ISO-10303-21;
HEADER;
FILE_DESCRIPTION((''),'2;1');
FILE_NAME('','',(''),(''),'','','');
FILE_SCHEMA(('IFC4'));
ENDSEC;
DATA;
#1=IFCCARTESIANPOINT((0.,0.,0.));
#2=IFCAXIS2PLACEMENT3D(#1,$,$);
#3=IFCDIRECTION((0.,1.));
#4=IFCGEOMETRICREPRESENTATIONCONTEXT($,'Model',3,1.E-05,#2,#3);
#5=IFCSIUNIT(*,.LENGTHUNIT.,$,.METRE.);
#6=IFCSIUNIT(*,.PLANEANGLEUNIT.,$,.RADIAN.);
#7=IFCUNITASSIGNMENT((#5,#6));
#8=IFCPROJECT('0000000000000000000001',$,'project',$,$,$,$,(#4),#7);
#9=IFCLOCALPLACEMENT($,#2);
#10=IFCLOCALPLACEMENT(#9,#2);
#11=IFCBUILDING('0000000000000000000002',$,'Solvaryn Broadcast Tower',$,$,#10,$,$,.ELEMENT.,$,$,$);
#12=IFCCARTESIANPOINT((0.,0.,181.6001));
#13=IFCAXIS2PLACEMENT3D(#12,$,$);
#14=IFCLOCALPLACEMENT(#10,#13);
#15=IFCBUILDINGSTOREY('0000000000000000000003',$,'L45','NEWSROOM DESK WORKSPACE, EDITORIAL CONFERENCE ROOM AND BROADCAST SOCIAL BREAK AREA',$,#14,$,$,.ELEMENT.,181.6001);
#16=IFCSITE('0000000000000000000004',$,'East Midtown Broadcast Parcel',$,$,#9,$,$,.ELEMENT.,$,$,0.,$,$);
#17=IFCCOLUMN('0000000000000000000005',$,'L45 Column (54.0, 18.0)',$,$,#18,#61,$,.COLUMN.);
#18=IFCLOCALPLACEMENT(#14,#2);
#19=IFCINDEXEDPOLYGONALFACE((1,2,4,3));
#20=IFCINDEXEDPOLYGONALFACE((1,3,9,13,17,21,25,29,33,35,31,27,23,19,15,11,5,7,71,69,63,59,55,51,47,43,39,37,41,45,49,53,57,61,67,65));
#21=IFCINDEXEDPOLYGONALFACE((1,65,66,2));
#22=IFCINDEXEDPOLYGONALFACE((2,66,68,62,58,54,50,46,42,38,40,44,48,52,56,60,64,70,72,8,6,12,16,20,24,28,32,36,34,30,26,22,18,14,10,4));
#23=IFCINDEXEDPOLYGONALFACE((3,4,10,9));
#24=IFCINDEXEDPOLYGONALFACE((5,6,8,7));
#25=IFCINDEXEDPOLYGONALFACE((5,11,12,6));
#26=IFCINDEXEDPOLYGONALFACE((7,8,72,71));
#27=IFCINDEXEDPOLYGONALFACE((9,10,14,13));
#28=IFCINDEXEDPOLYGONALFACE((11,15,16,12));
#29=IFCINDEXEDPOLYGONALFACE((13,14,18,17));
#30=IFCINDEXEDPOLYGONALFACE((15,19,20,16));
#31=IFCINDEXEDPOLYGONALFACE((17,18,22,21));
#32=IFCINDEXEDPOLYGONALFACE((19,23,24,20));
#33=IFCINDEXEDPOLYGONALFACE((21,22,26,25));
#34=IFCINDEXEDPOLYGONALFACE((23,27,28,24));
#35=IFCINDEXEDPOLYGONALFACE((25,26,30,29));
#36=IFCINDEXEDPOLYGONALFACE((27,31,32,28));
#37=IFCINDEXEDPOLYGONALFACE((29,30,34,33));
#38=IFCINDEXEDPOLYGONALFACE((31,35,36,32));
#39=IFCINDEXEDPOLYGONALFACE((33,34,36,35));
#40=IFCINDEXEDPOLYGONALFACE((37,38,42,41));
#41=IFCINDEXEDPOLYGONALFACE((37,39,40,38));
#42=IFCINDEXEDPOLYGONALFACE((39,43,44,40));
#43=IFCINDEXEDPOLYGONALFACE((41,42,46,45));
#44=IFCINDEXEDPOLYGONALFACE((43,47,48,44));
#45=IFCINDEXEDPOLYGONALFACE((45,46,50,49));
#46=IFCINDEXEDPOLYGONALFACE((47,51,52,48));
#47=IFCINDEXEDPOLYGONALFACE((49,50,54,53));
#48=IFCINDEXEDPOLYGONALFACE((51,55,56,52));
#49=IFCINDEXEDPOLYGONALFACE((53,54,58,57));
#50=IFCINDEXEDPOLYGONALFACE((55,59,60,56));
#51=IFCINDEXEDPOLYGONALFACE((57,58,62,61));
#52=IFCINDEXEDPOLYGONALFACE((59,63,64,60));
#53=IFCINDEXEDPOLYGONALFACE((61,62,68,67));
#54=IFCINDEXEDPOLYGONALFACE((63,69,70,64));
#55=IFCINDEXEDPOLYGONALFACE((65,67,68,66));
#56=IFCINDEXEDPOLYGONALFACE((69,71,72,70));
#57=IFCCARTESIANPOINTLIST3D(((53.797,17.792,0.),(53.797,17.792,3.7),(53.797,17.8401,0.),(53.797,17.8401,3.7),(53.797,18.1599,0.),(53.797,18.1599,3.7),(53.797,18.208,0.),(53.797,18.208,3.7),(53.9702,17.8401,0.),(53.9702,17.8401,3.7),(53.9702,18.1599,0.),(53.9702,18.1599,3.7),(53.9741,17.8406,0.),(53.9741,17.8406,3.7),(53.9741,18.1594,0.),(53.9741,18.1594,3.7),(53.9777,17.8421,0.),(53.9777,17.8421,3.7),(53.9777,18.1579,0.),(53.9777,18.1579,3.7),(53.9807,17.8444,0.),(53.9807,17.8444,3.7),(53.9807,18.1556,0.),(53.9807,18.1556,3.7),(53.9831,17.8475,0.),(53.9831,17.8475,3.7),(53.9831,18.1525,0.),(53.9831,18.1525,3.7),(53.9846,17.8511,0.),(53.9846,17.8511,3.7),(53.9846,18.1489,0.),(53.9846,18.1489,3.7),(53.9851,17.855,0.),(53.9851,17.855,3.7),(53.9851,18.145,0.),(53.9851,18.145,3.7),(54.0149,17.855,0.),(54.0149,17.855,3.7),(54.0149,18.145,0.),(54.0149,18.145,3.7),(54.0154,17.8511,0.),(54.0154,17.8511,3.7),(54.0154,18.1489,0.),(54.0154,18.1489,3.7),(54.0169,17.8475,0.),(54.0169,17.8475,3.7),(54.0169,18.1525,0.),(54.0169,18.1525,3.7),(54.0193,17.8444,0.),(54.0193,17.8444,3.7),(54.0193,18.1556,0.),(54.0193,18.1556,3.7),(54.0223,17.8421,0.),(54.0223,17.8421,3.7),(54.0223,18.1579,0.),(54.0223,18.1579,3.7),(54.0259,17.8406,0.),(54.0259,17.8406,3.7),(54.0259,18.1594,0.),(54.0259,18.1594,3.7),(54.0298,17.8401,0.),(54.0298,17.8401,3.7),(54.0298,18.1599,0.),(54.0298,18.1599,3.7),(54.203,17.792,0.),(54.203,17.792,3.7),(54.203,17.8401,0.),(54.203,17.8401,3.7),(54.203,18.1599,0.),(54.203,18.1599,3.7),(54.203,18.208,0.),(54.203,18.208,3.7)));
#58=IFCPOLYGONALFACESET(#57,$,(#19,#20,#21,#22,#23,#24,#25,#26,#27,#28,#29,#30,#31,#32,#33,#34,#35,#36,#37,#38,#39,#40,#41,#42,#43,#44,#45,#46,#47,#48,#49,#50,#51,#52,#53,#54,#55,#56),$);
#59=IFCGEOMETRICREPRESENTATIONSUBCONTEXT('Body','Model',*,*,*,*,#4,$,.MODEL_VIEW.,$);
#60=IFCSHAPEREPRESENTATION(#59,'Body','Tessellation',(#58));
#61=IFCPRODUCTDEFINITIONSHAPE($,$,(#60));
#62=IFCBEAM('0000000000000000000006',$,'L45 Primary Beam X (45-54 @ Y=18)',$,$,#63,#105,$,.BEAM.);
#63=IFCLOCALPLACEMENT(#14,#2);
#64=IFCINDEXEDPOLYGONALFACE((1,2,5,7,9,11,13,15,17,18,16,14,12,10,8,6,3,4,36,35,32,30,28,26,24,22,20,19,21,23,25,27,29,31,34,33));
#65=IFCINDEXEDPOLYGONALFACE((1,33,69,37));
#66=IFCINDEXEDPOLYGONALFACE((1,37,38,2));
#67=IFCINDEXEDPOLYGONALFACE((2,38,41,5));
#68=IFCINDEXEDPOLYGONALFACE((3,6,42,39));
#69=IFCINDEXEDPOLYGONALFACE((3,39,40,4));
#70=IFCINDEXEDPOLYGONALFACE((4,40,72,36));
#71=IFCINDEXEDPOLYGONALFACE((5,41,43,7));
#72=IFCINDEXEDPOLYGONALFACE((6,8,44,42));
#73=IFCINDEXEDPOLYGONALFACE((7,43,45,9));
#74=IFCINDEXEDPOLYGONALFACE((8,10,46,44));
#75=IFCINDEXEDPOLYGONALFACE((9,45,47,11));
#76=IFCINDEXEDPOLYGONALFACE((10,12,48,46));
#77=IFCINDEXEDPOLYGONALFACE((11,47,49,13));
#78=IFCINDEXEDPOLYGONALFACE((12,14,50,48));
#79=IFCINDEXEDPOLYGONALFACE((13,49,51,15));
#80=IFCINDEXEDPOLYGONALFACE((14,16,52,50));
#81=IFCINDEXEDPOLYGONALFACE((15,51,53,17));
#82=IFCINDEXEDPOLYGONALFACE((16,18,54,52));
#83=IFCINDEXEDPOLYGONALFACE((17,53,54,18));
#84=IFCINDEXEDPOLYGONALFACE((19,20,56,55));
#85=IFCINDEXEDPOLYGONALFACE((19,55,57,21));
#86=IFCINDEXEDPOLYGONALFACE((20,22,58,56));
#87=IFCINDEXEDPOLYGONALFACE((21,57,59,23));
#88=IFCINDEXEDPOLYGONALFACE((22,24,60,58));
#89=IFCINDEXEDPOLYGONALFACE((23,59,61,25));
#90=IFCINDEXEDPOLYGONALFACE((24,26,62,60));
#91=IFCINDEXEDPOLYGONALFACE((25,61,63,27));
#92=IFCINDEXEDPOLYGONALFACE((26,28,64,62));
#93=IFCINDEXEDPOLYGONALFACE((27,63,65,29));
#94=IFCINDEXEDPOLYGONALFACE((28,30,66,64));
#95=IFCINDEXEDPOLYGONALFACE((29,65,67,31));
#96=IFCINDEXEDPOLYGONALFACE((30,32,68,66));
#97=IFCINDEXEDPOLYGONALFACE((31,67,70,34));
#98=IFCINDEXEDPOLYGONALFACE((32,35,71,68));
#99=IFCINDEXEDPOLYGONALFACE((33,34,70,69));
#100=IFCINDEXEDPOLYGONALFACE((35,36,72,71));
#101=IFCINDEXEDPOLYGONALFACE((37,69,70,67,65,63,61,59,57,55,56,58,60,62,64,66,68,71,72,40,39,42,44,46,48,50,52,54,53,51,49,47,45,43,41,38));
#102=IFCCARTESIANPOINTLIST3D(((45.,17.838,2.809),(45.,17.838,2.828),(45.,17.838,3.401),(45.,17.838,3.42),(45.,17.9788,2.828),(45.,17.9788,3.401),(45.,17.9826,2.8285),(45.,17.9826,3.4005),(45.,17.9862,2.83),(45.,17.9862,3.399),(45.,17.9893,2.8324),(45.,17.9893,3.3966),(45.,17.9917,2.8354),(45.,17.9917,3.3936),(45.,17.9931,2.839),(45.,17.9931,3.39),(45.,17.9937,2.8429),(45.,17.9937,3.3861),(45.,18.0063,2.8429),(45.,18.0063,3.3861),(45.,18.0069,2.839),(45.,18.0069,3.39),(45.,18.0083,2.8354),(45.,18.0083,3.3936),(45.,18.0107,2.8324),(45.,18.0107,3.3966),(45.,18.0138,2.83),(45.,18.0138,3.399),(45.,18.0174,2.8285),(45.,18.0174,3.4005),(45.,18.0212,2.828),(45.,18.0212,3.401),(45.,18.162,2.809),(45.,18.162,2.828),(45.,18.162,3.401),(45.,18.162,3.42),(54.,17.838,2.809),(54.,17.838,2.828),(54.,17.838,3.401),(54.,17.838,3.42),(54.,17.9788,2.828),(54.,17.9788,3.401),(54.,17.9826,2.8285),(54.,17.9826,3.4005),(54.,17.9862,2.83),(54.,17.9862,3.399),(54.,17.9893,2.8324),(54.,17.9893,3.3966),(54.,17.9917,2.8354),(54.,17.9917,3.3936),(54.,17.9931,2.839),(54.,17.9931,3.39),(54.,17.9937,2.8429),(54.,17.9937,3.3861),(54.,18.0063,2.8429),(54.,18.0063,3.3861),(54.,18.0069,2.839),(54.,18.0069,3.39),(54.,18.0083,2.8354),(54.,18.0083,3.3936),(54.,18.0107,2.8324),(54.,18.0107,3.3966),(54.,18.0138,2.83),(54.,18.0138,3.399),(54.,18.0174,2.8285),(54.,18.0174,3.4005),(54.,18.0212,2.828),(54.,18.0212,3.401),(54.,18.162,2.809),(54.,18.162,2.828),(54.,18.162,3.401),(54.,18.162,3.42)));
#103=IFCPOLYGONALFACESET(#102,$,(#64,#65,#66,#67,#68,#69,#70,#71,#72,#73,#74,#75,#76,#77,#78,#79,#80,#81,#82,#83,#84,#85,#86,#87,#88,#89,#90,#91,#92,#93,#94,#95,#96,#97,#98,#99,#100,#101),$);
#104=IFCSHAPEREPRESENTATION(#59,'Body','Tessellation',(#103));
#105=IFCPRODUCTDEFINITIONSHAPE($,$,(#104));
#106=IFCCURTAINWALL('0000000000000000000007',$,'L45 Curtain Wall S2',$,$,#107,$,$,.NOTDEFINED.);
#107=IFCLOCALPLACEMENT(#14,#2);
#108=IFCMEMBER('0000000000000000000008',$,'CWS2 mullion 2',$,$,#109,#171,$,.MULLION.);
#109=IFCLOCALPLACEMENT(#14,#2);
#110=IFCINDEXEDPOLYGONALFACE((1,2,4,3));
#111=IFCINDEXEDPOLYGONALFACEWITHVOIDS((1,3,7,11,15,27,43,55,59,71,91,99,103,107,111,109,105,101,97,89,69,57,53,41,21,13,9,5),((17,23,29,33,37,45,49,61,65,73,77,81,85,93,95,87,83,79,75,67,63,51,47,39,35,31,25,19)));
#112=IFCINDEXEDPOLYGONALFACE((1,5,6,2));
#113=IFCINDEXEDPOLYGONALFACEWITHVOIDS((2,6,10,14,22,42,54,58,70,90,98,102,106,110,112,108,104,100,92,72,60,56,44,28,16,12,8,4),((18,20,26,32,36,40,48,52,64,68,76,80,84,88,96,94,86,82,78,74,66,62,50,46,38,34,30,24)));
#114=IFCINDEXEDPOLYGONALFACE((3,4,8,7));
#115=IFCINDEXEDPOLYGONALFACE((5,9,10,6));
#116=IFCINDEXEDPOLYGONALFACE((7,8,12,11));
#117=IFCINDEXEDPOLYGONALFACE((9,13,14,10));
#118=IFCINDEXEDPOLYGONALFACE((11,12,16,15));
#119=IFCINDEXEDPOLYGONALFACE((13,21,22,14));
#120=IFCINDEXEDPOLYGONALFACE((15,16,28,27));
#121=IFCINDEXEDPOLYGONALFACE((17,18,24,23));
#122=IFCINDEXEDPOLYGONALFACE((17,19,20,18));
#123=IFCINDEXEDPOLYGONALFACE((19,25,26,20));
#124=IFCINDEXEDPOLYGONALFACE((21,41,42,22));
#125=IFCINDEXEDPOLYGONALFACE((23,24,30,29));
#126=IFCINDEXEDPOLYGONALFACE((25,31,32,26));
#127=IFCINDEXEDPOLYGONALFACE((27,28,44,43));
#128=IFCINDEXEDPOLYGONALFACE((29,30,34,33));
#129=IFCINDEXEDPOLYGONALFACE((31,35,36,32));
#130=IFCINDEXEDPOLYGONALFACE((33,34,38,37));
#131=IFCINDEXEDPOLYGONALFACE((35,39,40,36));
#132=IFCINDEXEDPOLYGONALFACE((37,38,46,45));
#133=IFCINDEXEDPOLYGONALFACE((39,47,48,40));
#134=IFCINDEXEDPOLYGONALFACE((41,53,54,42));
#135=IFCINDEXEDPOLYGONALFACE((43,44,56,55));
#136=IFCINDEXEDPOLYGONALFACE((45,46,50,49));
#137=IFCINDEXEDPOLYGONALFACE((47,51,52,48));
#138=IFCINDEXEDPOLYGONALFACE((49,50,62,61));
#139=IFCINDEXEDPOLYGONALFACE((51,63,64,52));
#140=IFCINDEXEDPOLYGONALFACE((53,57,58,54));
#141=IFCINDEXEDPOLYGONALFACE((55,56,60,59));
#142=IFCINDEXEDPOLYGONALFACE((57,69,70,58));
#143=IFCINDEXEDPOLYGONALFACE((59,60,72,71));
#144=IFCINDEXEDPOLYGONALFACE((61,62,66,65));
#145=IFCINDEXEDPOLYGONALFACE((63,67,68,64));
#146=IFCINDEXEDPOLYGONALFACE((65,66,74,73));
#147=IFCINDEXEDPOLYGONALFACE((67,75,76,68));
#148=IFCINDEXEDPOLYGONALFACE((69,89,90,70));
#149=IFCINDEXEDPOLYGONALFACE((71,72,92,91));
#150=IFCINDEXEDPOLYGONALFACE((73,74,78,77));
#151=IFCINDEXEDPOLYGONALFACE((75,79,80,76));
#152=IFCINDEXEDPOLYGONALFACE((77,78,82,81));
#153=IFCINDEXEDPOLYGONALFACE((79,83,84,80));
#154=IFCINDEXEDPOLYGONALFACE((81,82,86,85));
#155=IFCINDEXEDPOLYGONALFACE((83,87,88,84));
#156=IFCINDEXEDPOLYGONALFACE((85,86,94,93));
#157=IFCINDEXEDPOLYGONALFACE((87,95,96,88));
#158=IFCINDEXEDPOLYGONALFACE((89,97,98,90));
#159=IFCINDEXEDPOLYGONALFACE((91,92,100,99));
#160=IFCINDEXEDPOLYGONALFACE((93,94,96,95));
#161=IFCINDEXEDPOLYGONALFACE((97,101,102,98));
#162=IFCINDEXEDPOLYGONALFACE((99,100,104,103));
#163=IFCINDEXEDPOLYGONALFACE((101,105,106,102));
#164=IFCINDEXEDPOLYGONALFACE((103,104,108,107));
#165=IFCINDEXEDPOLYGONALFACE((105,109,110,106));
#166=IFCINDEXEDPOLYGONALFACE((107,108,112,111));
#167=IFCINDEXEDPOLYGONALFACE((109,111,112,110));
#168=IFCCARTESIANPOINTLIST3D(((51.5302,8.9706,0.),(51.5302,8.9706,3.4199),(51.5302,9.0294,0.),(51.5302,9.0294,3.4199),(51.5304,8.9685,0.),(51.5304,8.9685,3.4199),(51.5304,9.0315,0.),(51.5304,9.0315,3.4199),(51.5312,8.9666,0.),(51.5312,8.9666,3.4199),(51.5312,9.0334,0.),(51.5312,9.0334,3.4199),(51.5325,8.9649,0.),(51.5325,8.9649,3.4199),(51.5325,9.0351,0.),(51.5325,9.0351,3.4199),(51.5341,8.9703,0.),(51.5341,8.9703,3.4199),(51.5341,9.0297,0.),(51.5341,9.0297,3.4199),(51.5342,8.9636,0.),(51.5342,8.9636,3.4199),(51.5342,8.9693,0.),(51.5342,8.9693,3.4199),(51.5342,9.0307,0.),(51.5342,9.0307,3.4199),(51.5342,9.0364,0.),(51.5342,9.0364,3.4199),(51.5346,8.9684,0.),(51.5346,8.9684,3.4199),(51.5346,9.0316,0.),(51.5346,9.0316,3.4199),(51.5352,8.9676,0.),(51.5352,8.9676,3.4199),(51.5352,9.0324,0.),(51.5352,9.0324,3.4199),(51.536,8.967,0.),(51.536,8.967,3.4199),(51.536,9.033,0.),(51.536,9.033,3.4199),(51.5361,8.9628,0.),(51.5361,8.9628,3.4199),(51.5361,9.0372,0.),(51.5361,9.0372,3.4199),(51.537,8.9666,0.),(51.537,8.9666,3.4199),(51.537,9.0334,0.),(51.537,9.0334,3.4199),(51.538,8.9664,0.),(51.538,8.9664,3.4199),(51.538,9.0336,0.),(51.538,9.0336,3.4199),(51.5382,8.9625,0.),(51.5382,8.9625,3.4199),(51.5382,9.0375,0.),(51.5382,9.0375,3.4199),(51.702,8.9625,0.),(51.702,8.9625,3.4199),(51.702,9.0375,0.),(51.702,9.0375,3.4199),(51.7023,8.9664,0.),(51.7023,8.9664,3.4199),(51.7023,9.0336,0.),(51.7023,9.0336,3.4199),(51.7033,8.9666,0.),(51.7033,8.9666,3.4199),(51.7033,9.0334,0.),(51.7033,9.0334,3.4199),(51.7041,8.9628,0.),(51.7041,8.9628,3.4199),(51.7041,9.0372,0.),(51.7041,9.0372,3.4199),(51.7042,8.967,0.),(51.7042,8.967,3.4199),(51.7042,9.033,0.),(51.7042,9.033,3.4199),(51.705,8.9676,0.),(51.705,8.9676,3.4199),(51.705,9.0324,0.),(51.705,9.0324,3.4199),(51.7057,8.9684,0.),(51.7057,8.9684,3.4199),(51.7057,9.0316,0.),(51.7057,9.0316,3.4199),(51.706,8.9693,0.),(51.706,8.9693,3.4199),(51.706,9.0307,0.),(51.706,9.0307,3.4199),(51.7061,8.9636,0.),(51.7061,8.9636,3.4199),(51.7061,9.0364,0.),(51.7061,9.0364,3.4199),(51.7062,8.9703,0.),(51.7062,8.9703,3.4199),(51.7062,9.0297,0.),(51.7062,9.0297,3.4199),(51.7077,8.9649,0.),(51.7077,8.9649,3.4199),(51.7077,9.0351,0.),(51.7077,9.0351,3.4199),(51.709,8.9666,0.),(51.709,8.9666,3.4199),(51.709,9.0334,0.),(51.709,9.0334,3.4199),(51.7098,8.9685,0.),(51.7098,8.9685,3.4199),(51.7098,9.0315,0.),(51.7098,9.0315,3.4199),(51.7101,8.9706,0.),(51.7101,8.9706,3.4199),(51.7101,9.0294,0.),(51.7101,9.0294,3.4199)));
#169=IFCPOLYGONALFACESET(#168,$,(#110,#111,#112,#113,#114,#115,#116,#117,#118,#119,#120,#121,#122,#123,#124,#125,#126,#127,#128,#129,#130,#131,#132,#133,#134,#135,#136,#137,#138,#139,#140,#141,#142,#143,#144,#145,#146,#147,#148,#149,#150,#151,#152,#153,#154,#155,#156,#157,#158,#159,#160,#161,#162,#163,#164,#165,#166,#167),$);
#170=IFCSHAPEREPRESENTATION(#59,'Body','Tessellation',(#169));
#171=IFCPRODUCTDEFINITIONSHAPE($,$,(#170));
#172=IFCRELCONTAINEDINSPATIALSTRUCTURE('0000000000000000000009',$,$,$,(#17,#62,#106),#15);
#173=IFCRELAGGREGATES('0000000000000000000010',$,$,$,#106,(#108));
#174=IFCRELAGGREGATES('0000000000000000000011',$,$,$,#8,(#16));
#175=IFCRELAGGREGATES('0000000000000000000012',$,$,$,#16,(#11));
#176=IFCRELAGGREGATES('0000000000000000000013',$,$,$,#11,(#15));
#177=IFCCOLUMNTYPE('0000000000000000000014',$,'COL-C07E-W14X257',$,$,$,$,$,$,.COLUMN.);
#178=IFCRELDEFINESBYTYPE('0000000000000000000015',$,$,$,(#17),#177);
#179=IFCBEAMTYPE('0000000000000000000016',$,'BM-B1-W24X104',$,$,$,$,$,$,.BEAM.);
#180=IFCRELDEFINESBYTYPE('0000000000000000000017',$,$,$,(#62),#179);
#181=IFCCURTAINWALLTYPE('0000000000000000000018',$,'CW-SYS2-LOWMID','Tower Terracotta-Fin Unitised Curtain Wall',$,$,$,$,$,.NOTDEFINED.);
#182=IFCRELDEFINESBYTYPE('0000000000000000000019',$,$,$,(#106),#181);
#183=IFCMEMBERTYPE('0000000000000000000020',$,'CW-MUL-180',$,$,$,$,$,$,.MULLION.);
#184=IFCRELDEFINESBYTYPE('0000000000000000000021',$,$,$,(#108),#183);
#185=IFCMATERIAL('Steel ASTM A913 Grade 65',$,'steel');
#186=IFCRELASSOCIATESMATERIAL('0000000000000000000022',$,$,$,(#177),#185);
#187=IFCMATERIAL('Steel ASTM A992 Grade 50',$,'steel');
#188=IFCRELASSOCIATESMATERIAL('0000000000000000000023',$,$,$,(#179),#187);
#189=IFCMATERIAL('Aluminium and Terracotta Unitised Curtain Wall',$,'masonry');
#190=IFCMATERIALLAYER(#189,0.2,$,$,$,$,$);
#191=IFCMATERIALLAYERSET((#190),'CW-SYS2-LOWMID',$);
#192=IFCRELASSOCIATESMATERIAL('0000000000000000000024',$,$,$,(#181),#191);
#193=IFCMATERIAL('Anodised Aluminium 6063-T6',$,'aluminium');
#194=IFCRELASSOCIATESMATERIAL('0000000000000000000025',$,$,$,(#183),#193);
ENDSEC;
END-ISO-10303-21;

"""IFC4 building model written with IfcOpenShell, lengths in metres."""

from ifc_helpers import new_model, si_unit, direction, frame, origin, origin_2d, place, context, subcontext, project, spatial, hollow_rectangle, i_section, extrude, material, layer, layer_set, material_profile, profile_set, type_object, element, aggregate, save


model = new_model("IFC4")

# Units and contexts
model_context = context("Model", 3, precision=1e-05, world=origin(), true_north=direction((0.0, 1.0)))
body_context = subcontext(model_context, "Body", "Model", "MODEL_VIEW")
ifc_project = project(units=[si_unit("LENGTHUNIT", "METRE"), si_unit("PLANEANGLEUNIT", "RADIAN")], contexts=[model_context])

# Site, building, storey
site_placement = place(None, origin())
site = spatial("IfcSite", under=ifc_project, at=site_placement, Name="East Midtown Broadcast Parcel", CompositionType="ELEMENT", RefElevation=0.0)
building_placement = place(site_placement, origin())
building = spatial("IfcBuilding", under=site, at=building_placement, Name="Solvaryn Broadcast Tower", CompositionType="ELEMENT")
storey_placement = place(building_placement, frame((0.0, 0.0, 181.6001)))
storey = spatial("IfcBuildingStorey", under=building, at=storey_placement, Name="L45", Description="NEWSROOM DESK WORKSPACE, EDITORIAL CONFERENCE ROOM AND BROADCAST SOCIAL BREAK AREA", CompositionType="ELEMENT", Elevation=181.6001)

# Column
ifc_material_1 = material(Name="Steel ASTM A913 Grade 65", Category="steel")
ifc_material_profile_1 = material_profile(ifc_material_1, i_section(OverallWidth=0.406, OverallDepth=0.416, WebThickness=0.0298, FlangeThickness=0.0481, FilletRadius=0.0149, at=origin_2d()))
ifc_profile_set_1 = profile_set([ifc_material_profile_1], Name="Steel ASTM A913 Grade 65")
column_type = type_object("IfcColumnType", Name="COL-C07E-W14X257", PredefinedType="COLUMN", material=ifc_profile_set_1)
column_placement = place(storey_placement, frame((54.0, 18.0, 0.0), z_axis=(0.0, 0.0, 1.0), x_axis=(1.0, 0.0, 0.0)))
element("IfcColumn", 1, at=column_placement, inside=storey, type_object=column_type, Name="L45 Column (54.0, 18.0)", PredefinedType="COLUMN", context=body_context, shape_type="SweptSolid", body=[
    extrude(i_section(OverallWidth=0.406, OverallDepth=0.416, WebThickness=0.0298, FlangeThickness=0.0481, FilletRadius=0.0149, at=origin_2d()), origin(), (0.0, 0.0, 1.0), 3.7),
])

# Beam
ifc_material_2 = material(Name="Steel ASTM A992 Grade 50", Category="steel")
ifc_material_profile_2 = material_profile(ifc_material_2, i_section(OverallWidth=0.324, OverallDepth=0.6111, WebThickness=0.0127, FlangeThickness=0.019, FilletRadius=0.0149, at=origin_2d()))
ifc_profile_set_2 = profile_set([ifc_material_profile_2], Name="Steel ASTM A992 Grade 50")
beam_type = type_object("IfcBeamType", Name="BM-B1-W24X104", PredefinedType="BEAM", material=ifc_profile_set_2)
beam_placement = place(storey_placement, frame((45.0, 18.0, 3.1145), z_axis=(1.0, 0.0, 0.0), x_axis=(0.0, 1.0, 0.0)))
element("IfcBeam", 2, at=beam_placement, inside=storey, type_object=beam_type, Name="L45 Primary Beam X (45-54 @ Y=18)", PredefinedType="BEAM", context=body_context, shape_type="SweptSolid", body=[
    extrude(i_section(OverallWidth=0.324, OverallDepth=0.6111, WebThickness=0.0127, FlangeThickness=0.019, FilletRadius=0.0149, at=origin_2d()), origin(), (0.0, 0.0, 1.0), 9.0),
])

# Curtain wall, member
ifc_material_3 = material(Name="Aluminium and Terracotta Unitised Curtain Wall", Category="masonry")
ifc_layer_1 = layer(ifc_material_3, 0.2)
ifc_layer_set_1 = layer_set([ifc_layer_1], Name="CW-SYS2-LOWMID")
curtain_wall_type = type_object("IfcCurtainWallType", Name="CW-SYS2-LOWMID", Description="Tower Terracotta-Fin Unitised Curtain Wall", PredefinedType="NOTDEFINED", material=ifc_layer_set_1)
curtain_wall_1_placement = place(storey_placement, origin())
curtain_wall_1 = element("IfcCurtainWall", 3, at=curtain_wall_1_placement, inside=storey, type_object=curtain_wall_type, Name="L45 Curtain Wall S2", PredefinedType="NOTDEFINED")
ifc_material_4 = material(Name="Anodised Aluminium 6063-T6", Category="aluminium")
ifc_material_profile_3 = material_profile(ifc_material_4, hollow_rectangle(XDim=0.075, YDim=0.1799, WallThickness=0.0039, InnerFilletRadius=0.0039, OuterFilletRadius=0.0081, at=origin_2d()))
ifc_profile_set_3 = profile_set([ifc_material_profile_3], Name="Anodised Aluminium 6063-T6")
member_type_1 = type_object("IfcMemberType", Name="CW-MUL-180", PredefinedType="MULLION", material=ifc_profile_set_3)
member_1_placement = place(storey_placement, frame((51.6201, 9.0, 0.0), z_axis=(0.0, 0.0, 1.0), x_axis=(0.0, 1.0, 0.0)))
member_1 = element("IfcMember", 4, at=member_1_placement, type_object=member_type_1, Name="CWS2 mullion 2", PredefinedType="MULLION", context=body_context, shape_type="SweptSolid", body=[
    extrude(hollow_rectangle(XDim=0.075, YDim=0.1799, WallThickness=0.0039, InnerFilletRadius=0.0039, OuterFilletRadius=0.0081, at=origin_2d()), origin(), (0.0, 0.0, 1.0), 3.4199),
])

aggregate(curtain_wall_1, [member_1])

save(model, "model.ifc")
